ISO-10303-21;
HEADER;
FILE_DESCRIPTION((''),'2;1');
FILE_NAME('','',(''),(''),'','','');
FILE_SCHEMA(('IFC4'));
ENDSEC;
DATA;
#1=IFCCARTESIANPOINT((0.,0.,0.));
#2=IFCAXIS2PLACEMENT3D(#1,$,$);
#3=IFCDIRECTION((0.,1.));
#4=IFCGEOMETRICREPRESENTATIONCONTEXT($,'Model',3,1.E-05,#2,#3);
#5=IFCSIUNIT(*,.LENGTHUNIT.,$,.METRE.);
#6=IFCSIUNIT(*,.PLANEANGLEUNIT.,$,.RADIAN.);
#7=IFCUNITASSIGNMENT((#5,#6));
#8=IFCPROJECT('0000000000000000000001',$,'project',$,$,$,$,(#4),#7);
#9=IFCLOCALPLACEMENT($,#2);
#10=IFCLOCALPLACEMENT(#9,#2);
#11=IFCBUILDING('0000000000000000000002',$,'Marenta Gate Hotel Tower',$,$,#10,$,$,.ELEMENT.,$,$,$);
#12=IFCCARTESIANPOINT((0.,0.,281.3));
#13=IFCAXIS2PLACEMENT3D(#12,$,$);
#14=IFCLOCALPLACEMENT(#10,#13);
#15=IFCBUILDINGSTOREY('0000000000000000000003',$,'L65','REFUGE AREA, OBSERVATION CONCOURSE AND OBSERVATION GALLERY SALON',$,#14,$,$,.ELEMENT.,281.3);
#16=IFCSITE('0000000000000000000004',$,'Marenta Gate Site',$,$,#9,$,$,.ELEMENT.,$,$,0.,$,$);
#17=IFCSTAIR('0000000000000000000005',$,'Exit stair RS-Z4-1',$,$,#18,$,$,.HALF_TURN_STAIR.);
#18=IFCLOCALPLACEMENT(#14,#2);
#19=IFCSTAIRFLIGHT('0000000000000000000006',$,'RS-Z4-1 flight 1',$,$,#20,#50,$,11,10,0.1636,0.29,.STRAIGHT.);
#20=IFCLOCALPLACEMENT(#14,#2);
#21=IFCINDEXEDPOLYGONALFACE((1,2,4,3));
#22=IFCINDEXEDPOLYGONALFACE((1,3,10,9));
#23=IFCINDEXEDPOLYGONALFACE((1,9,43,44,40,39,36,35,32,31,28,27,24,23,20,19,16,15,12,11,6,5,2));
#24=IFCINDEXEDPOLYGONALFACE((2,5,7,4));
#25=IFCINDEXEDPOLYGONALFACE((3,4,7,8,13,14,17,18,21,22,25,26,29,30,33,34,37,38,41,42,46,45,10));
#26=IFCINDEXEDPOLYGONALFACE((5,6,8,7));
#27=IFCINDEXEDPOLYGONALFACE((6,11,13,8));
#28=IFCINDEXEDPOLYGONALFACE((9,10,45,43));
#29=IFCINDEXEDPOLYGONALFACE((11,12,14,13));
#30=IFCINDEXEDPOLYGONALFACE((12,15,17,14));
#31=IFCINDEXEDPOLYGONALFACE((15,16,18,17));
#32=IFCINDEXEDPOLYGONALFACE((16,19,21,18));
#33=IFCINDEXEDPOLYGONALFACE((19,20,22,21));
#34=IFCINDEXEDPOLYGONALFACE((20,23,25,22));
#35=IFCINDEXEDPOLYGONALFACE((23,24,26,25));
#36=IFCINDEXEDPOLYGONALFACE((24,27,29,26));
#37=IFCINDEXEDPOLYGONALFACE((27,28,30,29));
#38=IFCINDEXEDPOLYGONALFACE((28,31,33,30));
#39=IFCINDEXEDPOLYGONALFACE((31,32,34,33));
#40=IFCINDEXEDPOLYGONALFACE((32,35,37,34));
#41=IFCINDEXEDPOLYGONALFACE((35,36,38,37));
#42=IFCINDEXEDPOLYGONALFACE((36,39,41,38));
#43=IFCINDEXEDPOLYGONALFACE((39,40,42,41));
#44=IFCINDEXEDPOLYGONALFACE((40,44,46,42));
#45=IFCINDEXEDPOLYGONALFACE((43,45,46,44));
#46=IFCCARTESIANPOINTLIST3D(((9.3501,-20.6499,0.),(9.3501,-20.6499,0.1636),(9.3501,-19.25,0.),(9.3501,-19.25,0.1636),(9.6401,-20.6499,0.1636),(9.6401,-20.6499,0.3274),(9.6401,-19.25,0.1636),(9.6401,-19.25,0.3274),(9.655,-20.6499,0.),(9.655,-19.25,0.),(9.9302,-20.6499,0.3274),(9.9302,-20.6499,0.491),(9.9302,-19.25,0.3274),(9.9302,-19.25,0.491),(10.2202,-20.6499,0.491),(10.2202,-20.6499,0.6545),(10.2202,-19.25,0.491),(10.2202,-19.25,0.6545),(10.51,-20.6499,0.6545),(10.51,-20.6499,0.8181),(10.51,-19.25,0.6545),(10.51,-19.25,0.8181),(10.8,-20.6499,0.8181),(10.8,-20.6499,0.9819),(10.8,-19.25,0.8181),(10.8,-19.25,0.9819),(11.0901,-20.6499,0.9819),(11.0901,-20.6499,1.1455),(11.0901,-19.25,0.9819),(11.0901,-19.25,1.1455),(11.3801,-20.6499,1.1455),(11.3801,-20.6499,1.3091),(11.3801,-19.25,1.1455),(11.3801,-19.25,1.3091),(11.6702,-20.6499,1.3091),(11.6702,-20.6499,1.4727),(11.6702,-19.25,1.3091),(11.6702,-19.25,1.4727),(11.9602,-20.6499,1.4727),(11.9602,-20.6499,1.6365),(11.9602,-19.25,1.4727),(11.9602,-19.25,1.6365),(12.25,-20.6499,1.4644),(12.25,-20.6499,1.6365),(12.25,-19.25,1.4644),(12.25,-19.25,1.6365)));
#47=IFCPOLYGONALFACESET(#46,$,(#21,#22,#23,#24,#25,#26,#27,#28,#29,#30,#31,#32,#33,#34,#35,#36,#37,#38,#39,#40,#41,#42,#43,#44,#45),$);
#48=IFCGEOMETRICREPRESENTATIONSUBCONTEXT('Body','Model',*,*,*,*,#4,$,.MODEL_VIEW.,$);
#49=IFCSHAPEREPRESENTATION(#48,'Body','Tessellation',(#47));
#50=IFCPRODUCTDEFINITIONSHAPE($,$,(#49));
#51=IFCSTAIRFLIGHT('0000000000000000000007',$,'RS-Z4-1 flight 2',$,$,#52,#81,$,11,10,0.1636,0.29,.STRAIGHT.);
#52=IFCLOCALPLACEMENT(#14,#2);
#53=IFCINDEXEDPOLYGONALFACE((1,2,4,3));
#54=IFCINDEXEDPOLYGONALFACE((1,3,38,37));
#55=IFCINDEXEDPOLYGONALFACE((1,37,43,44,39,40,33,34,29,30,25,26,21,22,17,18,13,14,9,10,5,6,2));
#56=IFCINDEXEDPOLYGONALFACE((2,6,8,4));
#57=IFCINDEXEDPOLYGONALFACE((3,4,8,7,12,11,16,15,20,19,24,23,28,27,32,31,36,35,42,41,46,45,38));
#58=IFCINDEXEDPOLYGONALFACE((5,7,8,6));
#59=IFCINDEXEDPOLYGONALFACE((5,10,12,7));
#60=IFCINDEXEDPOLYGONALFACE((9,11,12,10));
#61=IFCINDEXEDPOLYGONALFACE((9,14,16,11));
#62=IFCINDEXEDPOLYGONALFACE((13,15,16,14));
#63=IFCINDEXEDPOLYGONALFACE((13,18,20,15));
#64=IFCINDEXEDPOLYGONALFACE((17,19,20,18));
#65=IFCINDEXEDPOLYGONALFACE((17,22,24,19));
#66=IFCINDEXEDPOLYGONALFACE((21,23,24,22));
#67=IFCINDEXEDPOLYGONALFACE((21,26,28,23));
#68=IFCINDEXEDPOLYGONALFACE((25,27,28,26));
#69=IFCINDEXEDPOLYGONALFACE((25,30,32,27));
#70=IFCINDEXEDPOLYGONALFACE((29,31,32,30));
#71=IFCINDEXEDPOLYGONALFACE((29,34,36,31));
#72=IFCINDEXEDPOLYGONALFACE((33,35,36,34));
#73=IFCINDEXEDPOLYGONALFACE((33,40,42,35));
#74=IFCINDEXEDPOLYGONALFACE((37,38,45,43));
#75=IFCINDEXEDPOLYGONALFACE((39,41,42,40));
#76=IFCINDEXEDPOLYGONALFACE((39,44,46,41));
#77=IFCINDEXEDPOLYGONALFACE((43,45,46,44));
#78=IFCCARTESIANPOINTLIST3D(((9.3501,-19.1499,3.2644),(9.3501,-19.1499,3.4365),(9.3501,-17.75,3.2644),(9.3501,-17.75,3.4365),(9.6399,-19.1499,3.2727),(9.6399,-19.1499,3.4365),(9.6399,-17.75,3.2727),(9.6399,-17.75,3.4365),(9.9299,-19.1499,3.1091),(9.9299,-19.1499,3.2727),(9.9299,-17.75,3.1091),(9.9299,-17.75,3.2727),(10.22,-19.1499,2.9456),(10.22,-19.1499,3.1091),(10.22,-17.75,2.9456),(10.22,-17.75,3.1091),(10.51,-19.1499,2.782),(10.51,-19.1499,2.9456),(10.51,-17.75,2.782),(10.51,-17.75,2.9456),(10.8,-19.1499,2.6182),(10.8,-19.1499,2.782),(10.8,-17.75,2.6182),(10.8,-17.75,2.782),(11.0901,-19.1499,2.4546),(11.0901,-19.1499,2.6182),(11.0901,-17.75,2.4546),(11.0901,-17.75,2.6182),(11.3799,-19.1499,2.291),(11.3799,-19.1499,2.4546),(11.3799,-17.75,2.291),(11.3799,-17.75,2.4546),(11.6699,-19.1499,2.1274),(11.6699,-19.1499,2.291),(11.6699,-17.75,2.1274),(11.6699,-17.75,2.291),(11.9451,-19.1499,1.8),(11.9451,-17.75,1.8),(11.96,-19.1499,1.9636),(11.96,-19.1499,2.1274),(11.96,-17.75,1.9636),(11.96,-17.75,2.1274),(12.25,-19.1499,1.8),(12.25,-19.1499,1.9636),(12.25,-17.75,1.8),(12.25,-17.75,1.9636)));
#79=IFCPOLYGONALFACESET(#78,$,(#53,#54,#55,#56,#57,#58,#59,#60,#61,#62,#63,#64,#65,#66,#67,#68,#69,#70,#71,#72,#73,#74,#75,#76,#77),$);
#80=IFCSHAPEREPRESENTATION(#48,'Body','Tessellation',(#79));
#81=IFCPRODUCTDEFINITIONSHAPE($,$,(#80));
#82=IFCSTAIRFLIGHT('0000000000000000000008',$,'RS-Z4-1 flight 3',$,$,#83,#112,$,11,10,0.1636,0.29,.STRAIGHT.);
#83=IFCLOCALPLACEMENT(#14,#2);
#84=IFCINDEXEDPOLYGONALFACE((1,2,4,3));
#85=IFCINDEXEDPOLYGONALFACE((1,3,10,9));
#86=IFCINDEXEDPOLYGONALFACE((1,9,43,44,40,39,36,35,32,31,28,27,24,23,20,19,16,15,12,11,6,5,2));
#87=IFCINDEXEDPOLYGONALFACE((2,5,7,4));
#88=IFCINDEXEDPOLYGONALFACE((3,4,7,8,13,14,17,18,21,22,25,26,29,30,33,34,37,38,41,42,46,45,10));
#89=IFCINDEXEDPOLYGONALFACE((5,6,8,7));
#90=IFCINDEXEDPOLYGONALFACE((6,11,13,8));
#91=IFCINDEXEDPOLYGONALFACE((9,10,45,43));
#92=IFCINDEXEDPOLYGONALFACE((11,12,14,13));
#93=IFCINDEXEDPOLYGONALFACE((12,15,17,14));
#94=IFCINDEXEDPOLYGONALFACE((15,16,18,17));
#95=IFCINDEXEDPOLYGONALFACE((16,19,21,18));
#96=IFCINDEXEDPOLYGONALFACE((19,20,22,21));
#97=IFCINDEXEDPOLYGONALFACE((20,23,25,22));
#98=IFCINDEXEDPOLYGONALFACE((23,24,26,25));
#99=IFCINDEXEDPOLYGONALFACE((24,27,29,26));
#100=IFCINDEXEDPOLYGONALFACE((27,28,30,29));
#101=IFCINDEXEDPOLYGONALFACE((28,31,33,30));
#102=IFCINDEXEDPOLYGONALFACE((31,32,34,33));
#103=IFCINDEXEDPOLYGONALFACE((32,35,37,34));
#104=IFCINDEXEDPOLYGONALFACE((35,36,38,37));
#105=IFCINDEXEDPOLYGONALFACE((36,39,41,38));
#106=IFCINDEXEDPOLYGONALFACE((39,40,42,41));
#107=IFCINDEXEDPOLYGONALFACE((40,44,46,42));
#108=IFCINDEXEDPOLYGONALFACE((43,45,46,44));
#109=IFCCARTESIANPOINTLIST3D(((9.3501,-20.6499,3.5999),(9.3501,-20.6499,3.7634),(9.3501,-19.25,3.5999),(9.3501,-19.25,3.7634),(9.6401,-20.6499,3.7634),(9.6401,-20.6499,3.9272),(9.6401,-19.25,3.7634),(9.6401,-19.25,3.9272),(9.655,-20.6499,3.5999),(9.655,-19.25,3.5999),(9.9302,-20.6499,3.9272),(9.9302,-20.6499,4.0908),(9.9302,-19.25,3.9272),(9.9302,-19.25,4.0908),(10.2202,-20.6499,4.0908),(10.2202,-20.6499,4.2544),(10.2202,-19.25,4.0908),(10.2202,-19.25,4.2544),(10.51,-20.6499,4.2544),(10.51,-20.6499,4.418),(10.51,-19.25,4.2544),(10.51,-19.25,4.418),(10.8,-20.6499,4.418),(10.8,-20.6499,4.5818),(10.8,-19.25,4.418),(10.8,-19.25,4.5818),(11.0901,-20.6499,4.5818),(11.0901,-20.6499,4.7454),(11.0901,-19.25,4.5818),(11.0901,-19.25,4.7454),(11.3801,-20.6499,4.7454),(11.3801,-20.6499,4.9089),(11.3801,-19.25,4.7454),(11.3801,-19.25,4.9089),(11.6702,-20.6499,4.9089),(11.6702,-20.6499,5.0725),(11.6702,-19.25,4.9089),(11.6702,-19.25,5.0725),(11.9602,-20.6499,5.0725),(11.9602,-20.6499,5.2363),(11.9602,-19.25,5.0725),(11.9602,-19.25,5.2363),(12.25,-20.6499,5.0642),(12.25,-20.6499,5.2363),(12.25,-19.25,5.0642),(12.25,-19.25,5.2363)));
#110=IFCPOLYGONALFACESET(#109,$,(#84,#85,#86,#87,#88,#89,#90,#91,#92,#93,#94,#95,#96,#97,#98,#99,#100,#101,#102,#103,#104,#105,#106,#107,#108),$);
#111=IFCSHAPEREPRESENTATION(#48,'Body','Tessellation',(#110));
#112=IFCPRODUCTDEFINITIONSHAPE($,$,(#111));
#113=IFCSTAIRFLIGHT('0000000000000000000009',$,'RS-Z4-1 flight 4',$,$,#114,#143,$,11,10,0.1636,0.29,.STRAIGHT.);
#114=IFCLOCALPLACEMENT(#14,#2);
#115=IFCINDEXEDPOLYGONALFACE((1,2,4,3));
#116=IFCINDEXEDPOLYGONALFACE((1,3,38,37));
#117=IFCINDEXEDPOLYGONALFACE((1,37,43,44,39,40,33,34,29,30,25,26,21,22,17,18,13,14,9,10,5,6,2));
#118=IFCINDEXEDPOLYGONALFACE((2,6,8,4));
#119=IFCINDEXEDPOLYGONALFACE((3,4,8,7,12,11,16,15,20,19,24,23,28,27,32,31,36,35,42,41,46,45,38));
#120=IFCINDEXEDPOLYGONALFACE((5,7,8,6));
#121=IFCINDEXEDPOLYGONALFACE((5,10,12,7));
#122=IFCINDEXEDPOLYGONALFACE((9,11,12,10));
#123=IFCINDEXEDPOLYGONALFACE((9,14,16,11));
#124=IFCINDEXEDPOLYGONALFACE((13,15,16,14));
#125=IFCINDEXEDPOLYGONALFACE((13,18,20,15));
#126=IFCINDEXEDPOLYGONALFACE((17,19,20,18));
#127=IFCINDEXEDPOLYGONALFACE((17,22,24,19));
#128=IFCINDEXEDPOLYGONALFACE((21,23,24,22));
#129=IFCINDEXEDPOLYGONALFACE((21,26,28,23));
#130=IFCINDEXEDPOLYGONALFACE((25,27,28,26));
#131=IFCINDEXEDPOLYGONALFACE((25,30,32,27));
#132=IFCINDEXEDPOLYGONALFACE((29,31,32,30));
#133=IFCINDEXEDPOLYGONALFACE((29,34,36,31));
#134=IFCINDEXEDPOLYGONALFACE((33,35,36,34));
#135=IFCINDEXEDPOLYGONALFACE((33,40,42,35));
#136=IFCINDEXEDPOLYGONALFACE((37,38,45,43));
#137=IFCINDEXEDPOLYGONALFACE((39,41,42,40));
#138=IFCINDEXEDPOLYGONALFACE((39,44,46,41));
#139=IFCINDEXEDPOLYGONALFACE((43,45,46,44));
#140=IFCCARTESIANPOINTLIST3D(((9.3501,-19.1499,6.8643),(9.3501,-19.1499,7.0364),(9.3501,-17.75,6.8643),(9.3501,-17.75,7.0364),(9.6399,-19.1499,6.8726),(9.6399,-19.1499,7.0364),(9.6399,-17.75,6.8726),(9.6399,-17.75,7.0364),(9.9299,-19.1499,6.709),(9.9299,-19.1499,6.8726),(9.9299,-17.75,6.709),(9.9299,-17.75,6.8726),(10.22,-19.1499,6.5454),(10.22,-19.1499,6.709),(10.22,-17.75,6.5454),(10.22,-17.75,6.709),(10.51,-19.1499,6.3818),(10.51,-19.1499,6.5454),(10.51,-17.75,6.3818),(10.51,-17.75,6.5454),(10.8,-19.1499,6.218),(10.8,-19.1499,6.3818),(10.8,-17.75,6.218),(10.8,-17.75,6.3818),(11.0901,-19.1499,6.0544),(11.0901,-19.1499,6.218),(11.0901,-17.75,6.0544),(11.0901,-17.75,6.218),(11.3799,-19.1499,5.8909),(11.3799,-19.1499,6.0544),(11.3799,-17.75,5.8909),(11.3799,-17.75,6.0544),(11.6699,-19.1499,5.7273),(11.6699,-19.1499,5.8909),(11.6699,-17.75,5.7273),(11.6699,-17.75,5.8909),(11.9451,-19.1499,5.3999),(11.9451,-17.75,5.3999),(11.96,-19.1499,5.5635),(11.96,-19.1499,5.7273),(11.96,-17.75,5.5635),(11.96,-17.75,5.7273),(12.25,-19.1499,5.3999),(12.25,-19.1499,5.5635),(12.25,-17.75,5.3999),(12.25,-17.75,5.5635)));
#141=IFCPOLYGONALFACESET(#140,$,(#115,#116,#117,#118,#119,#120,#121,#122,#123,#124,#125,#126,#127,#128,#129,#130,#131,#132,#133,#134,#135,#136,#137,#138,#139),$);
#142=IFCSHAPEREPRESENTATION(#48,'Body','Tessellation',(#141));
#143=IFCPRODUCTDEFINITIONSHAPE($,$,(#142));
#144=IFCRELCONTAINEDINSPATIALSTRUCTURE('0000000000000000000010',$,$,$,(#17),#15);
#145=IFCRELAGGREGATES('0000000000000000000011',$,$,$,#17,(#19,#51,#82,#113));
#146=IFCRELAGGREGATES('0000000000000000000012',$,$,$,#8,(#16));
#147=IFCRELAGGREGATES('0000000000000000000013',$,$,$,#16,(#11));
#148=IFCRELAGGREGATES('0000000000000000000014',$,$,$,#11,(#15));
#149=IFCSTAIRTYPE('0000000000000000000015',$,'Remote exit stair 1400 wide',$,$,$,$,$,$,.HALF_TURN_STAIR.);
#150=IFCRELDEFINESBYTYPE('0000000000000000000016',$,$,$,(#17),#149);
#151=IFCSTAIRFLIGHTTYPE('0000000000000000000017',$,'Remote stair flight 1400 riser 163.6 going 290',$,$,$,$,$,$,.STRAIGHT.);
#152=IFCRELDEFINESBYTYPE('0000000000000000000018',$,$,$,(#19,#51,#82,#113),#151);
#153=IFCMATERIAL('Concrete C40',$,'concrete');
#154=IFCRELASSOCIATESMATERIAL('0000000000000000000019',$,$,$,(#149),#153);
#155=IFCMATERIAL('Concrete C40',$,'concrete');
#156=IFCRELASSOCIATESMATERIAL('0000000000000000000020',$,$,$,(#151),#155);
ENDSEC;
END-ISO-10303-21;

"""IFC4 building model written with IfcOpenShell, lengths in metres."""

from ifc_helpers import new_model, si_unit, direction, frame, origin, place, context, subcontext, project, spatial, polyline, outline, extrude, material, type_object, element, aggregate, save


model = new_model("IFC4")

# Units and contexts
model_context = context("Model", 3, precision=1e-05, world=origin(), true_north=direction((0.0, 1.0)))
body_context = subcontext(model_context, "Body", "Model", "MODEL_VIEW")
ifc_project = project(units=[si_unit("LENGTHUNIT", "METRE"), si_unit("PLANEANGLEUNIT", "RADIAN")], contexts=[model_context])

# Site, building, storey
site_placement = place(None, origin())
site = spatial("IfcSite", under=ifc_project, at=site_placement, Name="Marenta Gate Site", CompositionType="ELEMENT", RefElevation=0.0)
building_placement = place(site_placement, origin())
building = spatial("IfcBuilding", under=site, at=building_placement, Name="Marenta Gate Hotel Tower", CompositionType="ELEMENT")
storey_placement = place(building_placement, frame((0.0, 0.0, 281.3)))
storey = spatial("IfcBuildingStorey", under=building, at=storey_placement, Name="L65", Description="REFUGE AREA, OBSERVATION CONCOURSE AND OBSERVATION GALLERY SALON", CompositionType="ELEMENT", Elevation=281.3)

# Stair, stair flights
ifc_material_1 = material(Name="Concrete C40", Category="concrete")
stair_type = type_object("IfcStairType", Name="Remote exit stair 1400 wide", PredefinedType="HALF_TURN_STAIR", material=ifc_material_1)
stair_placement = place(storey_placement, origin())
stair = element("IfcStair", 1, at=stair_placement, inside=storey, type_object=stair_type, Name="Exit stair RS-Z4-1", PredefinedType="HALF_TURN_STAIR")
ifc_material_2 = material(Name="Concrete C40", Category="concrete")
stair_flight_type = type_object("IfcStairFlightType", Name="Remote stair flight 1400 riser 163.6 going 290", PredefinedType="STRAIGHT", material=ifc_material_2)
stair_flight_1_placement = place(storey_placement, frame((9.3501, -19.95, 0.0), z_axis=(0.0, 0.0, 1.0), x_axis=(1.0, 0.0, 0.0)))
stair_flight_1 = element("IfcStairFlight", 2, at=stair_flight_1_placement, type_object=stair_flight_type, Name="RS-Z4-1 flight 1", NumberOfRisers=11, NumberOfTreads=10, PredefinedType="STRAIGHT", RiserHeight=0.1636, TreadLength=0.29, context=body_context, shape_type="SweptSolid", body=[
    extrude(outline(polyline([(0.0, 0.0), (0.0, 0.1636), (0.29, 0.1636), (0.29, 0.3274), (0.5801, 0.3274), (0.5801, 0.491), (0.8701, 0.491), (0.8701, 0.6545), (1.1599, 0.6545), (1.1599, 0.8181), (1.45, 0.8181), (1.45, 0.9819), (1.74, 0.9819), (1.74, 1.1455), (2.03, 1.1455), (2.03, 1.3091), (2.3201, 1.3091), (2.3201, 1.4727), (2.6101, 1.4727), (2.6101, 1.6365), (2.8999, 1.6365), (2.8999, 1.8), (2.8999, 1.4644), (0.3049, 0.0), (0.0, 0.0)])), frame((0.0, 0.7, 0.0), z_axis=(0.0, -1.0, 0.0), x_axis=(1.0, 0.0, 0.0)), (0.0, 0.0, 1.0), 1.3999),
])
stair_flight_2_placement = place(storey_placement, frame((12.25, -18.45, 1.8), z_axis=(0.0, 0.0, 1.0), x_axis=(-1.0, 0.0, 0.0)))
stair_flight_2 = element("IfcStairFlight", 3, at=stair_flight_2_placement, type_object=stair_flight_type, Name="RS-Z4-1 flight 2", NumberOfRisers=11, NumberOfTreads=10, PredefinedType="STRAIGHT", RiserHeight=0.1636, TreadLength=0.29, context=body_context, shape_type="SweptSolid", body=[
    extrude(outline(polyline([(0.0, 0.0), (0.0, 0.1636), (0.29, 0.1636), (0.29, 0.3274), (0.5801, 0.3274), (0.5801, 0.491), (0.8701, 0.491), (0.8701, 0.6545), (1.1599, 0.6545), (1.1599, 0.8181), (1.45, 0.8181), (1.45, 0.9819), (1.74, 0.9819), (1.74, 1.1455), (2.03, 1.1455), (2.03, 1.3091), (2.3201, 1.3091), (2.3201, 1.4727), (2.6101, 1.4727), (2.6101, 1.6365), (2.8999, 1.6365), (2.8999, 1.8), (2.8999, 1.4644), (0.3049, 0.0), (0.0, 0.0)])), frame((0.0, 0.7, 0.0), z_axis=(0.0, -1.0, 0.0), x_axis=(1.0, 0.0, 0.0)), (0.0, 0.0, 1.0), 1.3999),
])
stair_flight_3_placement = place(storey_placement, frame((9.3501, -19.95, 3.5999), z_axis=(0.0, 0.0, 1.0), x_axis=(1.0, 0.0, 0.0)))
stair_flight_3 = element("IfcStairFlight", 4, at=stair_flight_3_placement, type_object=stair_flight_type, Name="RS-Z4-1 flight 3", NumberOfRisers=11, NumberOfTreads=10, PredefinedType="STRAIGHT", RiserHeight=0.1636, TreadLength=0.29, context=body_context, shape_type="SweptSolid", body=[
    extrude(outline(polyline([(0.0, 0.0), (0.0, 0.1636), (0.29, 0.1636), (0.29, 0.3274), (0.5801, 0.3274), (0.5801, 0.491), (0.8701, 0.491), (0.8701, 0.6545), (1.1599, 0.6545), (1.1599, 0.8181), (1.45, 0.8181), (1.45, 0.9819), (1.74, 0.9819), (1.74, 1.1455), (2.03, 1.1455), (2.03, 1.3091), (2.3201, 1.3091), (2.3201, 1.4727), (2.6101, 1.4727), (2.6101, 1.6365), (2.8999, 1.6365), (2.8999, 1.8), (2.8999, 1.4644), (0.3049, 0.0), (0.0, 0.0)])), frame((0.0, 0.7, 0.0), z_axis=(0.0, -1.0, 0.0), x_axis=(1.0, 0.0, 0.0)), (0.0, 0.0, 1.0), 1.3999),
])
stair_flight_4_placement = place(storey_placement, frame((12.25, -18.45, 5.3999), z_axis=(0.0, 0.0, 1.0), x_axis=(-1.0, 0.0, 0.0)))
stair_flight_4 = element("IfcStairFlight", 5, at=stair_flight_4_placement, type_object=stair_flight_type, Name="RS-Z4-1 flight 4", NumberOfRisers=11, NumberOfTreads=10, PredefinedType="STRAIGHT", RiserHeight=0.1636, TreadLength=0.29, context=body_context, shape_type="SweptSolid", body=[
    extrude(outline(polyline([(0.0, 0.0), (0.0, 0.1636), (0.29, 0.1636), (0.29, 0.3274), (0.5801, 0.3274), (0.5801, 0.491), (0.8701, 0.491), (0.8701, 0.6545), (1.1599, 0.6545), (1.1599, 0.8181), (1.45, 0.8181), (1.45, 0.9819), (1.74, 0.9819), (1.74, 1.1455), (2.03, 1.1455), (2.03, 1.3091), (2.3201, 1.3091), (2.3201, 1.4727), (2.6101, 1.4727), (2.6101, 1.6365), (2.8999, 1.6365), (2.8999, 1.8), (2.8999, 1.4644), (0.3049, 0.0), (0.0, 0.0)])), frame((0.0, 0.7, 0.0), z_axis=(0.0, -1.0, 0.0), x_axis=(1.0, 0.0, 0.0)), (0.0, 0.0, 1.0), 1.3999),
])
aggregate(stair, [stair_flight_1, stair_flight_2, stair_flight_3, stair_flight_4])

save(model, "model.ifc")
